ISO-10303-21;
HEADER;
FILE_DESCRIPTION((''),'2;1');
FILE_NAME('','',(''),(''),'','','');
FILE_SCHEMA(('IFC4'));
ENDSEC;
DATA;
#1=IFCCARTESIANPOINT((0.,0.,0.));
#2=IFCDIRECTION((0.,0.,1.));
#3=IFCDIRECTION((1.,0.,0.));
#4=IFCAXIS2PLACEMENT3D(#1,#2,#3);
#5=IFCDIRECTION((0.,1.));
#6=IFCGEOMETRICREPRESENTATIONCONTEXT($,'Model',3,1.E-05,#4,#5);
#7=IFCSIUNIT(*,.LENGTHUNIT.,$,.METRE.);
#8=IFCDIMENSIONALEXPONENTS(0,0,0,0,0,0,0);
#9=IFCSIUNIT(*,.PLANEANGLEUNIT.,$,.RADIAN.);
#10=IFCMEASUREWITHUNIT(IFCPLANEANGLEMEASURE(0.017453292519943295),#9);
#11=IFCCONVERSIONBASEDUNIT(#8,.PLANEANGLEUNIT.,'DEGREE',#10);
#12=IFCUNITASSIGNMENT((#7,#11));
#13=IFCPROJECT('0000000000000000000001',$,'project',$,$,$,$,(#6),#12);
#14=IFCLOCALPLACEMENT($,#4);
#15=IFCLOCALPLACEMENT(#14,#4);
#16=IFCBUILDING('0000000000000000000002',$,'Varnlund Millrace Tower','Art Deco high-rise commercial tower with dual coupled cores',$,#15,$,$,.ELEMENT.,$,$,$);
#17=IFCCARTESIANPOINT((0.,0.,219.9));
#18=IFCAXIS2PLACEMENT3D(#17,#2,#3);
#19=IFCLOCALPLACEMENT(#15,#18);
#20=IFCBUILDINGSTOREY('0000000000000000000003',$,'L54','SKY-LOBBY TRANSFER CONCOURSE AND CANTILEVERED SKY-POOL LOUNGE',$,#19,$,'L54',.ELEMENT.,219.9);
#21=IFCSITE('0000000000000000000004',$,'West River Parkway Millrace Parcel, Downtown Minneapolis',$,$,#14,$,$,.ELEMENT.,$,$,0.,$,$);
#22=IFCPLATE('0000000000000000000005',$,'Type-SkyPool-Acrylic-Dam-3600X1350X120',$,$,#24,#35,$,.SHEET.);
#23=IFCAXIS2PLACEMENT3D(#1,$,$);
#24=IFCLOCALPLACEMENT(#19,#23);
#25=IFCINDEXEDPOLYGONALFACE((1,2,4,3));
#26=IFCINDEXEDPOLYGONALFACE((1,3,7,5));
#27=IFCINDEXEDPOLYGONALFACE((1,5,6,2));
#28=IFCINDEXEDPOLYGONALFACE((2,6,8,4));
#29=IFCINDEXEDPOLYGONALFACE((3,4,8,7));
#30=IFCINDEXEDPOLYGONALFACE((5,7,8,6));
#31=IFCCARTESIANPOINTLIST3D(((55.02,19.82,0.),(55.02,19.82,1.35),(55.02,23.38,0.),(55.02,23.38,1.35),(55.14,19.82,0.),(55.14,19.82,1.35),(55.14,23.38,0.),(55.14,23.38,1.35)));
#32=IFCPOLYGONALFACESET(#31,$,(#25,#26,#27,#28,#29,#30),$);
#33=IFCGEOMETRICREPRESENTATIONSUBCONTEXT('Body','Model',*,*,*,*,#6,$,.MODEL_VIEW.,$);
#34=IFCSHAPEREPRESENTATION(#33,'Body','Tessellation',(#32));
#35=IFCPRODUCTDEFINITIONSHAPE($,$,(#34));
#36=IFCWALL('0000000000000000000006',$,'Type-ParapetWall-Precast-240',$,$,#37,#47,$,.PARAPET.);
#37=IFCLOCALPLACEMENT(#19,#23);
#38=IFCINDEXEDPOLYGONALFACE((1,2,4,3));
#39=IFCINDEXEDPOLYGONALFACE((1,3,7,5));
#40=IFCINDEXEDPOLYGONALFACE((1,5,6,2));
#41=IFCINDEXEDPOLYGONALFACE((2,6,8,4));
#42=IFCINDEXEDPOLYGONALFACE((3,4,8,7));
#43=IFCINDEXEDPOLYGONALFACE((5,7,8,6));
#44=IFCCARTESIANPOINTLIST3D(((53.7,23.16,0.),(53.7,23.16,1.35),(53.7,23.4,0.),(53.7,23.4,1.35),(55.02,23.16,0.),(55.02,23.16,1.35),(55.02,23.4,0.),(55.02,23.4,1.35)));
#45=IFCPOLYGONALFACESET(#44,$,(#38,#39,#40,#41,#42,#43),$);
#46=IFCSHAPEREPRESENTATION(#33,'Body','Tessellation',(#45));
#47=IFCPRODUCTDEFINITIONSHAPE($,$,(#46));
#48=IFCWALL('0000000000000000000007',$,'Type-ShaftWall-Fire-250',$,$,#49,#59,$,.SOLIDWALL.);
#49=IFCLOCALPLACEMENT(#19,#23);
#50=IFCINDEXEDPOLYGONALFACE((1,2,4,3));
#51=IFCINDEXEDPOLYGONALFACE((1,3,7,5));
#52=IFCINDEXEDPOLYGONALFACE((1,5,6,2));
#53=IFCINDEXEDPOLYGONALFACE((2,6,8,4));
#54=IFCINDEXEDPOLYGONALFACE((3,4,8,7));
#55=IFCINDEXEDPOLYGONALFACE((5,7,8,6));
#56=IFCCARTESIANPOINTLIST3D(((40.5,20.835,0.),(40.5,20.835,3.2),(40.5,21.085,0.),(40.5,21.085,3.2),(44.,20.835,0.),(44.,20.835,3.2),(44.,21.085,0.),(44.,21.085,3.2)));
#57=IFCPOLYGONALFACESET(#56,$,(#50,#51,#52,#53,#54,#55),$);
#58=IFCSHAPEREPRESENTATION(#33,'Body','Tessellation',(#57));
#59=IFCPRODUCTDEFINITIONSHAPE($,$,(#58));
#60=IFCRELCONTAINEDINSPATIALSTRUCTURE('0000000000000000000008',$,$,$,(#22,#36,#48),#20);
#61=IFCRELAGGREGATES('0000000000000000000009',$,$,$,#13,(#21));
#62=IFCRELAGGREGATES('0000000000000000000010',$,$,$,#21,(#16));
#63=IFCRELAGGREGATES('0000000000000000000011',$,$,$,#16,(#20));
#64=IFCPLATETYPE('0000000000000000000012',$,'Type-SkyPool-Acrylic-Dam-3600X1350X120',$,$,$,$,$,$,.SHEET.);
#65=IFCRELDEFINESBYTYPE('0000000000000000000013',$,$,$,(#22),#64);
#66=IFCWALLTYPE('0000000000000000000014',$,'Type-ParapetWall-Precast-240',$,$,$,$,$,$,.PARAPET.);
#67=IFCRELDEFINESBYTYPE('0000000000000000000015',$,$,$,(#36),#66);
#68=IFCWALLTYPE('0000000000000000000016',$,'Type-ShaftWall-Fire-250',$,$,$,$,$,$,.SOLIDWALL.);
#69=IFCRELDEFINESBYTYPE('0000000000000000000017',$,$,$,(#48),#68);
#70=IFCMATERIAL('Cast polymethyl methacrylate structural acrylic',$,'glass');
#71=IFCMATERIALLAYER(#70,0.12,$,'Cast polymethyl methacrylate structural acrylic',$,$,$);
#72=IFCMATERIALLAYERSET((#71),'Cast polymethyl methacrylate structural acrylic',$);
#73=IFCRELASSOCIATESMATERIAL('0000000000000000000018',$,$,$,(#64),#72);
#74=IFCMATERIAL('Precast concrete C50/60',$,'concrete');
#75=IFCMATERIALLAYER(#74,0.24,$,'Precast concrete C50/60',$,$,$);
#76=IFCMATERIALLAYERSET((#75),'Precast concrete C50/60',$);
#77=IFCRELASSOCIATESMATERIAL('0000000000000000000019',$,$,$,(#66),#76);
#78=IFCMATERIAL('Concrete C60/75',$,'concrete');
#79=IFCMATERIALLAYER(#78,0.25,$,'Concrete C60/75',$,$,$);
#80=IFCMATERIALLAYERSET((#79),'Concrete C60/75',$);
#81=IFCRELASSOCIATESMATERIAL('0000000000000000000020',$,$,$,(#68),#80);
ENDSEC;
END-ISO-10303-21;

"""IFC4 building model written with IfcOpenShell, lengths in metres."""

from ifc_helpers import new_model, entity, si_unit, converted_unit, direction, frame, origin_with_axes, origin_2d_with_axis, place, context, subcontext, project, spatial, polyline, rectangle, outline, extrude, material, layer, layer_set, type_object, element, save


model = new_model("IFC4")

# Units and contexts
model_context = context("Model", 3, precision=1e-05, world=origin_with_axes(), true_north=direction((0.0, 1.0)))
body_context = subcontext(model_context, "Body", "Model", "MODEL_VIEW")
ifc_project = project(units=[si_unit("LENGTHUNIT", "METRE"), converted_unit("PLANEANGLEUNIT", "DEGREE", entity("IfcPlaneAngleMeasure", 0.017453292519943295), si_unit("PLANEANGLEUNIT", "RADIAN"), dimensions=[0, 0, 0, 0, 0, 0, 0])], contexts=[model_context])

# Site, building, storey
site_placement = place(None, origin_with_axes())
site = spatial("IfcSite", under=ifc_project, at=site_placement, Name="West River Parkway Millrace Parcel, Downtown Minneapolis", CompositionType="ELEMENT", RefElevation=0.0)
building_placement = place(site_placement, origin_with_axes())
building = spatial("IfcBuilding", under=site, at=building_placement, Name="Varnlund Millrace Tower", Description="Art Deco high-rise commercial tower with dual coupled cores", CompositionType="ELEMENT")
storey_placement = place(building_placement, frame((0.0, 0.0, 219.9), z_axis=(0.0, 0.0, 1.0), x_axis=(1.0, 0.0, 0.0)))
storey = spatial("IfcBuildingStorey", under=building, at=storey_placement, Name="L54", Description="SKY-LOBBY TRANSFER CONCOURSE AND CANTILEVERED SKY-POOL LOUNGE", LongName="L54", CompositionType="ELEMENT", Elevation=219.9)

# Plate
ifc_material_1 = material(Name="Cast polymethyl methacrylate structural acrylic", Category="glass")
ifc_layer_1 = layer(ifc_material_1, 0.12, Name="Cast polymethyl methacrylate structural acrylic")
ifc_layer_set_1 = layer_set([ifc_layer_1], Name="Cast polymethyl methacrylate structural acrylic")
plate_type = type_object("IfcPlateType", Name="Type-SkyPool-Acrylic-Dam-3600X1350X120", PredefinedType="SHEET", material=ifc_layer_set_1)
for number, where, z_axis, x_axis, name in (
    (1, (55.08, 21.6, 0.0), (0.0, 0.0, 1.0), (0.0, 1.0, 0.0), "Type-SkyPool-Acrylic-Dam-3600X1350X120"),
):
    element("IfcPlate", number, at=place(storey_placement, frame(where, z_axis=z_axis, x_axis=x_axis)), inside=storey, type_object=plate_type, Name=name, PredefinedType="SHEET", context=body_context, shape_type="SweptSolid", body=[
        extrude(rectangle(XDim=3.56, YDim=0.12, at=origin_2d_with_axis()), origin_with_axes(), (0.0, 0.0, 1.0), 1.35),
    ])

# Walls
ifc_material_2 = material(Name="Precast concrete C50/60", Category="concrete")
ifc_layer_2 = layer(ifc_material_2, 0.24, Name="Precast concrete C50/60")
ifc_layer_set_2 = layer_set([ifc_layer_2], Name="Precast concrete C50/60")
wall_type_1 = type_object("IfcWallType", Name="Type-ParapetWall-Precast-240", PredefinedType="PARAPET", material=ifc_layer_set_2)
wall_1_placement = place(storey_placement, frame((53.7, 23.28, 0.0), z_axis=(0.0, 0.0, 1.0), x_axis=(1.0, 0.0, 0.0)))
element("IfcWall", 2, at=wall_1_placement, inside=storey, type_object=wall_type_1, Name="Type-ParapetWall-Precast-240", PredefinedType="PARAPET", context=body_context, shape_type="SweptSolid", body=[
    extrude(outline(polyline([(0.0, -0.12), (1.32, -0.12), (1.32, 0.12), (0.0, 0.12), (0.0, -0.12)])), origin_with_axes(), (0.0, 0.0, 1.0), 1.35),
])
ifc_material_3 = material(Name="Concrete C60/75", Category="concrete")
ifc_layer_3 = layer(ifc_material_3, 0.25, Name="Concrete C60/75")
ifc_layer_set_3 = layer_set([ifc_layer_3], Name="Concrete C60/75")
wall_type_2 = type_object("IfcWallType", Name="Type-ShaftWall-Fire-250", PredefinedType="SOLIDWALL", material=ifc_layer_set_3)
wall_2_placement = place(storey_placement, frame((40.5, 20.96, 0.0), z_axis=(0.0, 0.0, 1.0), x_axis=(1.0, 0.0, 0.0)))
element("IfcWall", 3, at=wall_2_placement, inside=storey, type_object=wall_type_2, Name="Type-ShaftWall-Fire-250", PredefinedType="SOLIDWALL", context=body_context, shape_type="SweptSolid", body=[
    extrude(outline(polyline([(0.0, -0.125), (3.5, -0.125), (3.5, 0.125), (0.0, 0.125), (0.0, -0.125)])), origin_with_axes(), (0.0, 0.0, 1.0), 3.2),
])

save(model, "model.ifc")
